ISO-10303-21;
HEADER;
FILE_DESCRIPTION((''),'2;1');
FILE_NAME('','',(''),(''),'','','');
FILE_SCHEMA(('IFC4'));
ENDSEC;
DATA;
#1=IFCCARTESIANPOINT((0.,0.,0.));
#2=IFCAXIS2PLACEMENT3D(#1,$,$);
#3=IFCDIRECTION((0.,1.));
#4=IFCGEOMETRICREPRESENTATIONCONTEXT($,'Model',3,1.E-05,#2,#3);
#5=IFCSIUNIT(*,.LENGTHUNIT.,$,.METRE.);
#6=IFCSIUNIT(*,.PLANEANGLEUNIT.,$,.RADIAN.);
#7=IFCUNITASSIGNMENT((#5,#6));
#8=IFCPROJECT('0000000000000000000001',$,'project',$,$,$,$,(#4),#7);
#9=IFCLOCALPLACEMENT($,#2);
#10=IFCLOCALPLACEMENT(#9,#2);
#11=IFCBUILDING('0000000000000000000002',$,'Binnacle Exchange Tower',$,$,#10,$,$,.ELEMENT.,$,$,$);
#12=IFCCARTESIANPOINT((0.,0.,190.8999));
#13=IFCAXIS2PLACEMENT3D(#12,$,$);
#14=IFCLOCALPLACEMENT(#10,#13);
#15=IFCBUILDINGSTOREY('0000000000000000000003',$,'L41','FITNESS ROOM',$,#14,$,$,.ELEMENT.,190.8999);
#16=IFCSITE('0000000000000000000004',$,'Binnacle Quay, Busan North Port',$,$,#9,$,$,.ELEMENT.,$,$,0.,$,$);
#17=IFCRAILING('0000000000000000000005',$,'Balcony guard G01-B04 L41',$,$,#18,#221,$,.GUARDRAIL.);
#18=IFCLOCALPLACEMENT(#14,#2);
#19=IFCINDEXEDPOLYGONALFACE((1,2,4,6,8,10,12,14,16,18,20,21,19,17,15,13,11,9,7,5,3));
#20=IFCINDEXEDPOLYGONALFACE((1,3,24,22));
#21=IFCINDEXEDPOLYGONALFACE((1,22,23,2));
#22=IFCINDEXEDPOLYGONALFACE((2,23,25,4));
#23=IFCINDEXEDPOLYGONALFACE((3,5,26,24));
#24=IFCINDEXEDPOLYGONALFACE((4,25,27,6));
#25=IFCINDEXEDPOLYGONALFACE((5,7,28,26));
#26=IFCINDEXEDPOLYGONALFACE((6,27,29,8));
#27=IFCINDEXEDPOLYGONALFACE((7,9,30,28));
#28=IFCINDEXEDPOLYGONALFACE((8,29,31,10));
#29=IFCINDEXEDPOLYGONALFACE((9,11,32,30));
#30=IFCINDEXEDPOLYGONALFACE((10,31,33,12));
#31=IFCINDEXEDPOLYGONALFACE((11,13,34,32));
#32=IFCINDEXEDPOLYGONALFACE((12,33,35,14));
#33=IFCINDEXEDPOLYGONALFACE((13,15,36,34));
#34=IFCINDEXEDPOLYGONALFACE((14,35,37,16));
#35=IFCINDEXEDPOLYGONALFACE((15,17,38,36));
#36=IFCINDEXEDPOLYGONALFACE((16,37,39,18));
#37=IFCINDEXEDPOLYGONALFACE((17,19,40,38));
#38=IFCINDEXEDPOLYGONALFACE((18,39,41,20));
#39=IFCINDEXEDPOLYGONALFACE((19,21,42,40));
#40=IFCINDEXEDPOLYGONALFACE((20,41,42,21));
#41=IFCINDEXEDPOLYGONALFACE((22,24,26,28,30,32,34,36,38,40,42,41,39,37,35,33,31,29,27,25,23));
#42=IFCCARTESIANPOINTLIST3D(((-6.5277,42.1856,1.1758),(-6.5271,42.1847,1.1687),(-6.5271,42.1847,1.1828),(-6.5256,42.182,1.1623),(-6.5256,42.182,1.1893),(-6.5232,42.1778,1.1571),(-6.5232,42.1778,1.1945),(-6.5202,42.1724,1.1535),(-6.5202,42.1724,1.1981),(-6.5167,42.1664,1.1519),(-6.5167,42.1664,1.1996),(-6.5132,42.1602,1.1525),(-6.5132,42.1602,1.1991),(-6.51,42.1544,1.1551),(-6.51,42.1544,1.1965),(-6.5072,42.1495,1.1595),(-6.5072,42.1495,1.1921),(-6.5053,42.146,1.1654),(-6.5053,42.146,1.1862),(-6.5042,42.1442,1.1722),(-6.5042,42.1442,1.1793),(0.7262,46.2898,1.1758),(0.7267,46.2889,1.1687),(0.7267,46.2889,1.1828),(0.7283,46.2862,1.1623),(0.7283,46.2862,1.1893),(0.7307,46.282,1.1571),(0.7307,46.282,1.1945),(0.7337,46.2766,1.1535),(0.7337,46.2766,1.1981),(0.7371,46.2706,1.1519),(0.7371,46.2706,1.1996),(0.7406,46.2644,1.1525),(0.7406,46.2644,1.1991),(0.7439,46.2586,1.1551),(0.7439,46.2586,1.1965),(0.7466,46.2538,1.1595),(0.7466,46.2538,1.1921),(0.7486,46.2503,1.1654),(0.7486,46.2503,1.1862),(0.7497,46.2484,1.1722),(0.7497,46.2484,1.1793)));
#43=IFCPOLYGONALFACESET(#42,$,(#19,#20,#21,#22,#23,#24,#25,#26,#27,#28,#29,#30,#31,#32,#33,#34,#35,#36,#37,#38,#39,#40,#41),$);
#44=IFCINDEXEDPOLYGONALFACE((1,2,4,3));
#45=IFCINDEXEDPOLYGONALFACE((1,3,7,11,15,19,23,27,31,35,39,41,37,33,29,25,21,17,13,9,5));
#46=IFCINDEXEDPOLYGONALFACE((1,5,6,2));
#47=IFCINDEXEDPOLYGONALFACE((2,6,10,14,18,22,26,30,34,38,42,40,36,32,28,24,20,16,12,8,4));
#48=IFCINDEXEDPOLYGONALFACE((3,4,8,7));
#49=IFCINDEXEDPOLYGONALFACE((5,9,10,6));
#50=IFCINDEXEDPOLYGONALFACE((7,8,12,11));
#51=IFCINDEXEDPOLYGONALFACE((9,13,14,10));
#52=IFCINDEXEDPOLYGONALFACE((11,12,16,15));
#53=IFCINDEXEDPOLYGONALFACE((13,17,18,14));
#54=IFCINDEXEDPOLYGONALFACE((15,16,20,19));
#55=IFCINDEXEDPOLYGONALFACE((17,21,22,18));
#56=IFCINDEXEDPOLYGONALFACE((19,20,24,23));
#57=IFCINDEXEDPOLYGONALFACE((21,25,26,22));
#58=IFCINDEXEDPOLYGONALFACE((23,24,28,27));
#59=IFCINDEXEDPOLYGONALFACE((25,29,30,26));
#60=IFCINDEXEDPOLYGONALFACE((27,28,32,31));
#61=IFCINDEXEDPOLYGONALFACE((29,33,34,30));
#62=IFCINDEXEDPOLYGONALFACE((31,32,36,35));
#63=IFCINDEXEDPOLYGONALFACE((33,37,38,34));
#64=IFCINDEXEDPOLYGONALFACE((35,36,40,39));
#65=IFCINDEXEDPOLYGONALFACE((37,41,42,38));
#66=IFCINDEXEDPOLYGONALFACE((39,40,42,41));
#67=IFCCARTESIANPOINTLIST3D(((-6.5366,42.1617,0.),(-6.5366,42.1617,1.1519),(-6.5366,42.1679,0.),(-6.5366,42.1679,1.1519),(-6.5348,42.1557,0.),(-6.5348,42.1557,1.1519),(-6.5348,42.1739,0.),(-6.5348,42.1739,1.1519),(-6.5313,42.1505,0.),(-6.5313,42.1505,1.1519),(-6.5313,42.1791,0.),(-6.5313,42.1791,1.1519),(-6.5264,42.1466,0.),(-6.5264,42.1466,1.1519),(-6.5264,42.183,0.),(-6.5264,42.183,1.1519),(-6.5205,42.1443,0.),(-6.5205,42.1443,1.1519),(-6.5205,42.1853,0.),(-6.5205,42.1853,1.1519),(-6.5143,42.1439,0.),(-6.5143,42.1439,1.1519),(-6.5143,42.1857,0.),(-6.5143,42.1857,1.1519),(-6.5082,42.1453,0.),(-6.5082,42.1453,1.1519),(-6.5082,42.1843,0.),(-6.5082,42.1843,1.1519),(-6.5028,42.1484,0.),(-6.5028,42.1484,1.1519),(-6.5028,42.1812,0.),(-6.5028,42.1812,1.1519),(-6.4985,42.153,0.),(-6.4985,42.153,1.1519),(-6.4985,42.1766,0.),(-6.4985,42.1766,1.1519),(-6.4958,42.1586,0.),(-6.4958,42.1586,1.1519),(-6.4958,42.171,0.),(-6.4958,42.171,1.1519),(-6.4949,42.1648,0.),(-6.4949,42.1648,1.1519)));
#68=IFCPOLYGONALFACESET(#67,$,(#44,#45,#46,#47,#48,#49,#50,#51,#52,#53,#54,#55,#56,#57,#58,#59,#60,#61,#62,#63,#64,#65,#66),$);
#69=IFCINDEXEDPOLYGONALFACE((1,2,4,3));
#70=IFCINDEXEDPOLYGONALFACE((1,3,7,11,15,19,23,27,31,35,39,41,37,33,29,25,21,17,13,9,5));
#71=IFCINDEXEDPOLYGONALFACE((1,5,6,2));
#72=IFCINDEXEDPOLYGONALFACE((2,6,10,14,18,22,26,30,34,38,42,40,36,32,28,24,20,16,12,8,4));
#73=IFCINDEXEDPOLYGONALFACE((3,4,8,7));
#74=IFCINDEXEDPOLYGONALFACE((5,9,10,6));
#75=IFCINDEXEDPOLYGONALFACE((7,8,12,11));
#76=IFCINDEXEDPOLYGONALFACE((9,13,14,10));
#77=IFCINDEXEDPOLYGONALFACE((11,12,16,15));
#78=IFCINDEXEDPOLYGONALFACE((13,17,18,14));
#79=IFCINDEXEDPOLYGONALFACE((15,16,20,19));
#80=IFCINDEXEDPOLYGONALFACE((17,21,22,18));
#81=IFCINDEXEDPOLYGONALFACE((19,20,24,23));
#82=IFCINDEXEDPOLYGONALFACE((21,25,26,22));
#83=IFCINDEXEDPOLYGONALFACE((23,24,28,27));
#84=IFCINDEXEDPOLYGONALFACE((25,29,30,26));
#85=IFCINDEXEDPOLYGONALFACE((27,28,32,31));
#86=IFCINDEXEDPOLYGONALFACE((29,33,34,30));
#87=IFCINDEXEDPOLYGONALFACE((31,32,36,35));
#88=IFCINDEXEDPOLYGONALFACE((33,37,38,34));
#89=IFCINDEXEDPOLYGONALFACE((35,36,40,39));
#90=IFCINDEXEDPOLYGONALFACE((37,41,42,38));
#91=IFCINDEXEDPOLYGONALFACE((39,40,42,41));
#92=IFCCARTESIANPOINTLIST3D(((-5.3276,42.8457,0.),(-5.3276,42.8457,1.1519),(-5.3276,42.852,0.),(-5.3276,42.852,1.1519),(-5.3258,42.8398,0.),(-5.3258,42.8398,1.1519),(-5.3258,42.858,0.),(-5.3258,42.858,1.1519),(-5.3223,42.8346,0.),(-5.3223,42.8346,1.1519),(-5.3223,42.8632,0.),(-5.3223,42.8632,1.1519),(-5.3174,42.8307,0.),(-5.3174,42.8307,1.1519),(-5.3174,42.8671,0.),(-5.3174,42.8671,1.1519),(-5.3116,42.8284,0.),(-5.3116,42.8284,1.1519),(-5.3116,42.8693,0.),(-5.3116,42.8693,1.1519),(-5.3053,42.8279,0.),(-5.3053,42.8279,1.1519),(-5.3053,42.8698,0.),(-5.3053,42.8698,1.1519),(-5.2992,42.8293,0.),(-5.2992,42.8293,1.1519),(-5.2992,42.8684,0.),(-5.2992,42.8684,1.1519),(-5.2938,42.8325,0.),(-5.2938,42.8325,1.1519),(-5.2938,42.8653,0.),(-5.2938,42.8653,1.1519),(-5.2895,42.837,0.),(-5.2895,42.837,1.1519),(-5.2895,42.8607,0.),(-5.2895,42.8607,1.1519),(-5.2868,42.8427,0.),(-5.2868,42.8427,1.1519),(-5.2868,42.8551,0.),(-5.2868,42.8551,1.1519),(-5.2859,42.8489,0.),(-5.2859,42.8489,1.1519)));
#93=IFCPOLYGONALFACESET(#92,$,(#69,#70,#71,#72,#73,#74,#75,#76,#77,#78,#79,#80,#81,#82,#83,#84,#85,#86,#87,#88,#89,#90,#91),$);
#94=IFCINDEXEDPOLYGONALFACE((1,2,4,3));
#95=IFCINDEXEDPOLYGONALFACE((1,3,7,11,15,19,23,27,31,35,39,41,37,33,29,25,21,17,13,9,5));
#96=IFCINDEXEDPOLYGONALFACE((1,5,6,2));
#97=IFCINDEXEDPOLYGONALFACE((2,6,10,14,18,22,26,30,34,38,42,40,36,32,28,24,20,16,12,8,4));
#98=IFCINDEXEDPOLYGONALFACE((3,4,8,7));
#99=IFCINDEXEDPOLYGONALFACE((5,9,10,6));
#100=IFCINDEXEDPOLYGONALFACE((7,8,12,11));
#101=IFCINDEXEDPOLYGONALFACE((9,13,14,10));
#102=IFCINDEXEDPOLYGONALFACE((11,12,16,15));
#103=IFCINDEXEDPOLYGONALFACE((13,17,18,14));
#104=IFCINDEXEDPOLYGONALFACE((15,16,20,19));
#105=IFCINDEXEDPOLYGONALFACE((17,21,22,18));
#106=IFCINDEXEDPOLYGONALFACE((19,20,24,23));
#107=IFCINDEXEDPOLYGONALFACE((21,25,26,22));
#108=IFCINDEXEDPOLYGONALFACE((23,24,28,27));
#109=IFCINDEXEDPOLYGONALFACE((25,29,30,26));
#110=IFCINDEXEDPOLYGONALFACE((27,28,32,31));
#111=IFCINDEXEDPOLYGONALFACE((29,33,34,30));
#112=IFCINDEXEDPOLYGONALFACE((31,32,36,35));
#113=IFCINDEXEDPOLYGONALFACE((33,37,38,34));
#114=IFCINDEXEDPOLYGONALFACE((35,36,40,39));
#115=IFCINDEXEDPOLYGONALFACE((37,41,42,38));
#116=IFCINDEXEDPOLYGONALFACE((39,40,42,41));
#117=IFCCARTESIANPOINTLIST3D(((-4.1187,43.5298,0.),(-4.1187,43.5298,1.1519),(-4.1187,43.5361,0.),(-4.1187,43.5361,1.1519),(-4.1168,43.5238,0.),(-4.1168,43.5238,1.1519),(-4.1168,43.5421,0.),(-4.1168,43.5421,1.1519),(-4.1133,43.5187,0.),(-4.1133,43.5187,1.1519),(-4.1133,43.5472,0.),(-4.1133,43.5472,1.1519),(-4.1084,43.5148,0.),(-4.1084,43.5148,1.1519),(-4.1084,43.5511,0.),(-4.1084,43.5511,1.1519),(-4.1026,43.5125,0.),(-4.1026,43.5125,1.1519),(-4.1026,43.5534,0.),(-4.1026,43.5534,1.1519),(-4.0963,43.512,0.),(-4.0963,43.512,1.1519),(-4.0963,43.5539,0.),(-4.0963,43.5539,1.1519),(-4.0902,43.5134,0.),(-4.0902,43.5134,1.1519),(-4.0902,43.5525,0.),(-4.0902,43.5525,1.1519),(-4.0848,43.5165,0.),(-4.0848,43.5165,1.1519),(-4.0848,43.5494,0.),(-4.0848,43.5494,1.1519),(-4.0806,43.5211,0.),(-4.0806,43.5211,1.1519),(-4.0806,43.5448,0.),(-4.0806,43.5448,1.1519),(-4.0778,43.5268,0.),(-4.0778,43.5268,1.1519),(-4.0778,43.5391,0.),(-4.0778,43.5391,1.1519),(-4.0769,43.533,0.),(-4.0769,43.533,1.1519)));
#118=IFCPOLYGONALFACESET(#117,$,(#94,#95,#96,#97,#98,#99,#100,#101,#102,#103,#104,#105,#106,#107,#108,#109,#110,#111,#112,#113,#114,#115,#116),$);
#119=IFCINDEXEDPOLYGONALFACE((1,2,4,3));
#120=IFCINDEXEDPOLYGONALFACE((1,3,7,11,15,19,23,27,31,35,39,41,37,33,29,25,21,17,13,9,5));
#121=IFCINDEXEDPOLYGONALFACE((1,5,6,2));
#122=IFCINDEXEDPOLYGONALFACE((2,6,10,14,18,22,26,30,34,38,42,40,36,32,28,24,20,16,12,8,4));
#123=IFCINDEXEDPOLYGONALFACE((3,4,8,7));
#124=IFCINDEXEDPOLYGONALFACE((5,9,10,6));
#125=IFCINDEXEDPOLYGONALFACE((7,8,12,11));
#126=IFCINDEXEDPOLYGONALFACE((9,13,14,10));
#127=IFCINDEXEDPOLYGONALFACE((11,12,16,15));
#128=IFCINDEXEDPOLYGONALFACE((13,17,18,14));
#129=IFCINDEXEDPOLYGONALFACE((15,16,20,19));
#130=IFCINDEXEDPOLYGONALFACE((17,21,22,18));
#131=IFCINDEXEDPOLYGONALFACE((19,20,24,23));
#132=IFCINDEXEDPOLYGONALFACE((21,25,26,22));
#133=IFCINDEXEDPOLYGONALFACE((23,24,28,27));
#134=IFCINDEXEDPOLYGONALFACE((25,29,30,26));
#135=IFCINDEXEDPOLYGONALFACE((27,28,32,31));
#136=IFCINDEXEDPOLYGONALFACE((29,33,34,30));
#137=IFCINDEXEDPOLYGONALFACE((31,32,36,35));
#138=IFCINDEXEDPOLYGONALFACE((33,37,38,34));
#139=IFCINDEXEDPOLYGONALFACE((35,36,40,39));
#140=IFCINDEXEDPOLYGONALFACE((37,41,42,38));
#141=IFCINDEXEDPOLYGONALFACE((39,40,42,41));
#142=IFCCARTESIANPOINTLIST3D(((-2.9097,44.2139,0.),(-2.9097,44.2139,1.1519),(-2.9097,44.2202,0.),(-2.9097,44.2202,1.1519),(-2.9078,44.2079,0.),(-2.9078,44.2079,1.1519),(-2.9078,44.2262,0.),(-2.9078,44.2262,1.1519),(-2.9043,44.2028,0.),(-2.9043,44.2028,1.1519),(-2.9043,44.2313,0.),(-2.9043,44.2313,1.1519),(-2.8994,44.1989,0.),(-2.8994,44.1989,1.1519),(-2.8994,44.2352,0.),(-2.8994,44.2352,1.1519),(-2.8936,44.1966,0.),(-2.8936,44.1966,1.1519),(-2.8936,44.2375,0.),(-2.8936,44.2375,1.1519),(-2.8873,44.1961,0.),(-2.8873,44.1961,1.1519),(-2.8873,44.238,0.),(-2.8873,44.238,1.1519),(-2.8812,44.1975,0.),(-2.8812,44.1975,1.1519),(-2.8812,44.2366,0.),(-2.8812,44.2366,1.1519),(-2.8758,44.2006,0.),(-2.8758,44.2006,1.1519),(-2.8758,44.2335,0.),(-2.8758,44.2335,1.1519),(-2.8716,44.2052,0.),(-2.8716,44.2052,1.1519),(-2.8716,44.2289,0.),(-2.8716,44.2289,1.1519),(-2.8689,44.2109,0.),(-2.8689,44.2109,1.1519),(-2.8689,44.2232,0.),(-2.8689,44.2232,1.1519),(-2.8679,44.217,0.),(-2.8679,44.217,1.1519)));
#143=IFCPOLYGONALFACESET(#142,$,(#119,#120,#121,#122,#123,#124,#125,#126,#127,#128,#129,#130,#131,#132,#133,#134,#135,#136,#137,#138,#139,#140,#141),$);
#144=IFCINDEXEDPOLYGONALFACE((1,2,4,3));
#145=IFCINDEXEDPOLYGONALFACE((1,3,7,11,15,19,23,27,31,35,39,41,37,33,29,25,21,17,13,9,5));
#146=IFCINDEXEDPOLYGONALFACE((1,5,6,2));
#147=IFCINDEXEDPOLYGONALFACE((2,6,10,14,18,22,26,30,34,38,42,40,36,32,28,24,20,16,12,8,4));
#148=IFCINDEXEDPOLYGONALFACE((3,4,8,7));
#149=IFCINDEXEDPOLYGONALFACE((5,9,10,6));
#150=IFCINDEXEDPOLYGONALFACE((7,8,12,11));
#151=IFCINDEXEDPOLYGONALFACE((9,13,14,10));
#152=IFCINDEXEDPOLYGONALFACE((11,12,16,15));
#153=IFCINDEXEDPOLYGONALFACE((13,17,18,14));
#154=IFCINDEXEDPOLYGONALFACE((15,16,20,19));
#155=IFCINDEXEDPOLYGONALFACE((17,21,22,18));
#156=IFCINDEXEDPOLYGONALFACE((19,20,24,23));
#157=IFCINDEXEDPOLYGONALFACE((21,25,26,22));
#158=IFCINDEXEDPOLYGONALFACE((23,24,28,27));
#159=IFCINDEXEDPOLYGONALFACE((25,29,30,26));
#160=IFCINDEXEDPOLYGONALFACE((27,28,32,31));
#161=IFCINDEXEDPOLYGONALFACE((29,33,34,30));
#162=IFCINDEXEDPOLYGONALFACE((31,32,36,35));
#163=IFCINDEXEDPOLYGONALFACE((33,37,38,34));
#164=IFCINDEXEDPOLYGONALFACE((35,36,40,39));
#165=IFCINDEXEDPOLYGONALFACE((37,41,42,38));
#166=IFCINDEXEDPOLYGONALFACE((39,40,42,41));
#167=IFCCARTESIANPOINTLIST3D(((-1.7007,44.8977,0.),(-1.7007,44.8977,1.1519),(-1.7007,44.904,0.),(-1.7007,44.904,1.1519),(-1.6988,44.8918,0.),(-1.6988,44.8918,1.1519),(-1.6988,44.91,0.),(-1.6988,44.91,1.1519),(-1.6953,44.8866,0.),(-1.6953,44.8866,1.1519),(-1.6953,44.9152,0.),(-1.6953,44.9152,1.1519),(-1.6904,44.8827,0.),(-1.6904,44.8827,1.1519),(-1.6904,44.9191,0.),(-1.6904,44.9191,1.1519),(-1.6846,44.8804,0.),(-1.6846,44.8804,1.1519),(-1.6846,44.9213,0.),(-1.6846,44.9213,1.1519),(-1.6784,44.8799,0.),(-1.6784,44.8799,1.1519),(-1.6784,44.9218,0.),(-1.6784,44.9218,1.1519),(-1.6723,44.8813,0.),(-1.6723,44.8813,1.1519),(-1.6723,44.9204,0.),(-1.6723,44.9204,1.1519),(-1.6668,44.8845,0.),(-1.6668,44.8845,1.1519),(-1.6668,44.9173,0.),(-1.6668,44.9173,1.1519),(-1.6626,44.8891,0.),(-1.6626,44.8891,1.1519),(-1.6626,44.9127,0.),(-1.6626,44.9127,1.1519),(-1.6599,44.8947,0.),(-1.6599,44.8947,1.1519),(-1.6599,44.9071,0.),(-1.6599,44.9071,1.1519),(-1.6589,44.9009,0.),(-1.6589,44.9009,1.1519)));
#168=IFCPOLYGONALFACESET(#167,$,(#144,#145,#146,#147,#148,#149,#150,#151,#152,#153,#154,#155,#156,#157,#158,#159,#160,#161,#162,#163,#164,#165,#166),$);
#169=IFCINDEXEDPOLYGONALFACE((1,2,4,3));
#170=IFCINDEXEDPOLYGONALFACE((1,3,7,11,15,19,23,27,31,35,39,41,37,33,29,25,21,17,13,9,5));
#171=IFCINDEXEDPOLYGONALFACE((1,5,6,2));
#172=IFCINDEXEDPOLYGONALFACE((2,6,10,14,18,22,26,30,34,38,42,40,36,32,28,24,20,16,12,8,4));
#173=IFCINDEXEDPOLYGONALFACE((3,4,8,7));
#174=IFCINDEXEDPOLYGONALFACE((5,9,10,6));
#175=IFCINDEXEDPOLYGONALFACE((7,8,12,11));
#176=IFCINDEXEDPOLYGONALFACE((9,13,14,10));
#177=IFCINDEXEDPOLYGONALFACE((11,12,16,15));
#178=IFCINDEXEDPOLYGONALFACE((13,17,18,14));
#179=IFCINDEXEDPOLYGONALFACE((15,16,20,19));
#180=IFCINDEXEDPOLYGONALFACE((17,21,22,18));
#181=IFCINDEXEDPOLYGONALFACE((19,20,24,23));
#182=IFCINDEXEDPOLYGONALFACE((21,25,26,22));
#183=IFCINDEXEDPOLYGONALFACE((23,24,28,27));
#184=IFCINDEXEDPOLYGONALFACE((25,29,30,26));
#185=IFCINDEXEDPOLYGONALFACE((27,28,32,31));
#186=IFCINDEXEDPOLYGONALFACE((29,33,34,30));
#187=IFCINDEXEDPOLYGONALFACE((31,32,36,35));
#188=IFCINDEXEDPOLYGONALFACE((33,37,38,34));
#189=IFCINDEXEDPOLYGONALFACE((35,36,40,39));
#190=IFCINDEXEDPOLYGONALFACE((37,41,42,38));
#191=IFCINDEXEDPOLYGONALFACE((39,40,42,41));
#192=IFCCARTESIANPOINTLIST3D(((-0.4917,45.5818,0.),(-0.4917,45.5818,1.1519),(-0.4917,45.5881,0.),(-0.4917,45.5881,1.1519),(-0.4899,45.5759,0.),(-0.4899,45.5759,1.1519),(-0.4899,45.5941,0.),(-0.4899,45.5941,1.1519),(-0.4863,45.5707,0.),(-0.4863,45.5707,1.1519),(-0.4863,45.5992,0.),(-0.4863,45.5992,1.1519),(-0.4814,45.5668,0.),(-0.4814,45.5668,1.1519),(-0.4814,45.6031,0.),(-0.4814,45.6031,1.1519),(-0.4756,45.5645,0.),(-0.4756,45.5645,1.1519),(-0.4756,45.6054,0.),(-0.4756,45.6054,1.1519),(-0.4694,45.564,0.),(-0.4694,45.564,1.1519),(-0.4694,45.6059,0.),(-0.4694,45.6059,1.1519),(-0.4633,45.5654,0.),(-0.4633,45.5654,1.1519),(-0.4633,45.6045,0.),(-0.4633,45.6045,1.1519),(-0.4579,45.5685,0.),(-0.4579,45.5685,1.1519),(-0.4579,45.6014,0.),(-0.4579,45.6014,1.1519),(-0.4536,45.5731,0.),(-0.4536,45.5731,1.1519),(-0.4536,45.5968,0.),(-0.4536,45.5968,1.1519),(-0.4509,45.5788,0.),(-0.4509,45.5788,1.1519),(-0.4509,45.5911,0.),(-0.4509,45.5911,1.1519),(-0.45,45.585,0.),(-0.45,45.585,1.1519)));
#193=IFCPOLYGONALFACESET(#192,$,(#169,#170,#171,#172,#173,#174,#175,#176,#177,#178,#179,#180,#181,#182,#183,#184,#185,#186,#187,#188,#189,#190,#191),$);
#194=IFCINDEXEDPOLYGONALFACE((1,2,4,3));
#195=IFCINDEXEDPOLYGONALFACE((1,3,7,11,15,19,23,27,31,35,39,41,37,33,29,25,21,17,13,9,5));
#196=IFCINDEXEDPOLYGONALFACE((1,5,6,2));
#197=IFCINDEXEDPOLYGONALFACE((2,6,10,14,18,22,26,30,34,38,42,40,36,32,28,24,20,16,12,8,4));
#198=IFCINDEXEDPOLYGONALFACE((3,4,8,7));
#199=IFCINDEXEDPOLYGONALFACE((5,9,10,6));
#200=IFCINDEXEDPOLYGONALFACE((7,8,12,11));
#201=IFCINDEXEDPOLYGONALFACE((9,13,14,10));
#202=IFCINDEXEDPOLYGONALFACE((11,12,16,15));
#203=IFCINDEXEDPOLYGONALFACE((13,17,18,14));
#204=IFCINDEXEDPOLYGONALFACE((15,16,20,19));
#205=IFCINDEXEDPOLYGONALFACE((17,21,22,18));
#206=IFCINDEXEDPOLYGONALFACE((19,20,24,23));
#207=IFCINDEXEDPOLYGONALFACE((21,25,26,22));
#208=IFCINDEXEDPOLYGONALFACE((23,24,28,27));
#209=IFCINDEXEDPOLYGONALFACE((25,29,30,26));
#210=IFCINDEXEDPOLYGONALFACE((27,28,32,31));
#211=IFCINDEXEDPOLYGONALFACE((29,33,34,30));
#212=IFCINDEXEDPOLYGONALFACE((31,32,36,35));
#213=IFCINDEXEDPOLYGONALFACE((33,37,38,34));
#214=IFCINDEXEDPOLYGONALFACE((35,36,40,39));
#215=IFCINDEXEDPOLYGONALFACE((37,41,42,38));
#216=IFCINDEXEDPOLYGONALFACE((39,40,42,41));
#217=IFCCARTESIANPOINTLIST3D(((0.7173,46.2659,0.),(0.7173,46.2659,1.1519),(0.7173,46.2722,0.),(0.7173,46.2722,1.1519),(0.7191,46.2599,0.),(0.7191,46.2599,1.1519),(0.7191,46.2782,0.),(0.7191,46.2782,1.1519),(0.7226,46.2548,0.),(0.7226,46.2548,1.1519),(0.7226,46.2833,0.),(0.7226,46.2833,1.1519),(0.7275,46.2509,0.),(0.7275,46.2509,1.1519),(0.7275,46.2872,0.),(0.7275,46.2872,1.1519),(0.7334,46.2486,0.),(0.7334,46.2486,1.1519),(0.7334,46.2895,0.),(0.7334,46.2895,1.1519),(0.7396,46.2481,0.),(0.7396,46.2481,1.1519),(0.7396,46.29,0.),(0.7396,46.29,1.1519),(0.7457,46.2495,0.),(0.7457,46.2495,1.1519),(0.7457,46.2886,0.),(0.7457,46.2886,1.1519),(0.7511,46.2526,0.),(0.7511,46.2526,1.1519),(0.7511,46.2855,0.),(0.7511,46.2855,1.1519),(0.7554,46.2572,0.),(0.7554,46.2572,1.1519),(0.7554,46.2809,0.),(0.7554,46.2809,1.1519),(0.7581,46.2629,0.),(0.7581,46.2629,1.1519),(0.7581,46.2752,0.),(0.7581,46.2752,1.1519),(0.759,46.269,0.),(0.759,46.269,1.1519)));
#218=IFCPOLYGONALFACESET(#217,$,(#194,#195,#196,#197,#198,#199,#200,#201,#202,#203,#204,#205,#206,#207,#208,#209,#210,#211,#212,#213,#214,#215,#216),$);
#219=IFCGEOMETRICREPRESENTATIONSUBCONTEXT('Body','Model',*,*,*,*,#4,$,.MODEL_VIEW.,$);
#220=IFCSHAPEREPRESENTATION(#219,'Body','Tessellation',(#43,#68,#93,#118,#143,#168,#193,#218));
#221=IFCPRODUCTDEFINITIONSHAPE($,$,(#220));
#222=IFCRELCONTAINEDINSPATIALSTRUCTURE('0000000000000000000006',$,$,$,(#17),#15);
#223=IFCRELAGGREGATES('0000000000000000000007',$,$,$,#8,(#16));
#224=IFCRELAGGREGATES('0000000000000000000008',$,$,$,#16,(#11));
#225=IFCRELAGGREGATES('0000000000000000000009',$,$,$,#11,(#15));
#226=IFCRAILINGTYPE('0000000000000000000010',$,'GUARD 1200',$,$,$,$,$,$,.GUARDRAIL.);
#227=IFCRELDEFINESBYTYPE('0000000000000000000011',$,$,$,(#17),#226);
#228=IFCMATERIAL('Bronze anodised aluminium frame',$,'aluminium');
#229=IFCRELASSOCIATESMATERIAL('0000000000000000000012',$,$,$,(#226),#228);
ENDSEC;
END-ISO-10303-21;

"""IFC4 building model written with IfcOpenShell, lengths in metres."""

from ifc_helpers import new_model, si_unit, direction, frame, origin, origin_2d, place, context, subcontext, project, spatial, circle, extrude, material, type_object, element, save


model = new_model("IFC4")

# Units and contexts
model_context = context("Model", 3, precision=1e-05, world=origin(), true_north=direction((0.0, 1.0)))
body_context = subcontext(model_context, "Body", "Model", "MODEL_VIEW")
ifc_project = project(units=[si_unit("LENGTHUNIT", "METRE"), si_unit("PLANEANGLEUNIT", "RADIAN")], contexts=[model_context])

# Site, building, storey
site_placement = place(None, origin())
site = spatial("IfcSite", under=ifc_project, at=site_placement, Name="Binnacle Quay, Busan North Port", CompositionType="ELEMENT", RefElevation=0.0)
building_placement = place(site_placement, origin())
building = spatial("IfcBuilding", under=site, at=building_placement, Name="Binnacle Exchange Tower", CompositionType="ELEMENT")
storey_placement = place(building_placement, frame((0.0, 0.0, 190.8999)))
storey = spatial("IfcBuildingStorey", under=building, at=storey_placement, Name="L41", Description="FITNESS ROOM", CompositionType="ELEMENT", Elevation=190.8999)

# Shared definitions
ifc_material_1 = material(Name="Bronze anodised aluminium frame", Category="aluminium")

# Railing
railing_type = type_object("IfcRailingType", Name="GUARD 1200", PredefinedType="GUARDRAIL", material=ifc_material_1)
railing_placement = place(storey_placement, frame((-6.5159, 42.1648, 0.0)))
element("IfcRailing", 1, at=railing_placement, inside=storey, type_object=railing_type, Name="Balcony guard G01-B04 L41", PredefinedType="GUARDRAIL", context=body_context, shape_type="SweptSolid", body=[
    extrude(circle(Radius=0.0239, at=origin_2d()), frame((0.0, 0.0, 1.1758), z_axis=(0.870346, 0.49244, 0.0), x_axis=(-0.49244, 0.870346, 0.0)), (0.0, 0.0, 1.0), 8.3345),
    extrude(circle(Radius=0.021, at=origin_2d()), origin(), (0.0, 0.0, 1.0), 1.1519),
    extrude(circle(Radius=0.021, at=origin_2d()), frame((1.209, 0.6841, 0.0)), (0.0, 0.0, 1.0), 1.1519),
    extrude(circle(Radius=0.021, at=origin_2d()), frame((2.418, 1.3682, 0.0)), (0.0, 0.0, 1.0), 1.1519),
    extrude(circle(Radius=0.021, at=origin_2d()), frame((3.627, 2.0522, 0.0)), (0.0, 0.0, 1.0), 1.1519),
    extrude(circle(Radius=0.021, at=origin_2d()), frame((4.8359, 2.7361, 0.0)), (0.0, 0.0, 1.0), 1.1519),
    extrude(circle(Radius=0.021, at=origin_2d()), frame((6.0449, 3.4202, 0.0)), (0.0, 0.0, 1.0), 1.1519),
    extrude(circle(Radius=0.021, at=origin_2d()), frame((7.2539, 4.1042, 0.0)), (0.0, 0.0, 1.0), 1.1519),
])

save(model, "model.ifc")
